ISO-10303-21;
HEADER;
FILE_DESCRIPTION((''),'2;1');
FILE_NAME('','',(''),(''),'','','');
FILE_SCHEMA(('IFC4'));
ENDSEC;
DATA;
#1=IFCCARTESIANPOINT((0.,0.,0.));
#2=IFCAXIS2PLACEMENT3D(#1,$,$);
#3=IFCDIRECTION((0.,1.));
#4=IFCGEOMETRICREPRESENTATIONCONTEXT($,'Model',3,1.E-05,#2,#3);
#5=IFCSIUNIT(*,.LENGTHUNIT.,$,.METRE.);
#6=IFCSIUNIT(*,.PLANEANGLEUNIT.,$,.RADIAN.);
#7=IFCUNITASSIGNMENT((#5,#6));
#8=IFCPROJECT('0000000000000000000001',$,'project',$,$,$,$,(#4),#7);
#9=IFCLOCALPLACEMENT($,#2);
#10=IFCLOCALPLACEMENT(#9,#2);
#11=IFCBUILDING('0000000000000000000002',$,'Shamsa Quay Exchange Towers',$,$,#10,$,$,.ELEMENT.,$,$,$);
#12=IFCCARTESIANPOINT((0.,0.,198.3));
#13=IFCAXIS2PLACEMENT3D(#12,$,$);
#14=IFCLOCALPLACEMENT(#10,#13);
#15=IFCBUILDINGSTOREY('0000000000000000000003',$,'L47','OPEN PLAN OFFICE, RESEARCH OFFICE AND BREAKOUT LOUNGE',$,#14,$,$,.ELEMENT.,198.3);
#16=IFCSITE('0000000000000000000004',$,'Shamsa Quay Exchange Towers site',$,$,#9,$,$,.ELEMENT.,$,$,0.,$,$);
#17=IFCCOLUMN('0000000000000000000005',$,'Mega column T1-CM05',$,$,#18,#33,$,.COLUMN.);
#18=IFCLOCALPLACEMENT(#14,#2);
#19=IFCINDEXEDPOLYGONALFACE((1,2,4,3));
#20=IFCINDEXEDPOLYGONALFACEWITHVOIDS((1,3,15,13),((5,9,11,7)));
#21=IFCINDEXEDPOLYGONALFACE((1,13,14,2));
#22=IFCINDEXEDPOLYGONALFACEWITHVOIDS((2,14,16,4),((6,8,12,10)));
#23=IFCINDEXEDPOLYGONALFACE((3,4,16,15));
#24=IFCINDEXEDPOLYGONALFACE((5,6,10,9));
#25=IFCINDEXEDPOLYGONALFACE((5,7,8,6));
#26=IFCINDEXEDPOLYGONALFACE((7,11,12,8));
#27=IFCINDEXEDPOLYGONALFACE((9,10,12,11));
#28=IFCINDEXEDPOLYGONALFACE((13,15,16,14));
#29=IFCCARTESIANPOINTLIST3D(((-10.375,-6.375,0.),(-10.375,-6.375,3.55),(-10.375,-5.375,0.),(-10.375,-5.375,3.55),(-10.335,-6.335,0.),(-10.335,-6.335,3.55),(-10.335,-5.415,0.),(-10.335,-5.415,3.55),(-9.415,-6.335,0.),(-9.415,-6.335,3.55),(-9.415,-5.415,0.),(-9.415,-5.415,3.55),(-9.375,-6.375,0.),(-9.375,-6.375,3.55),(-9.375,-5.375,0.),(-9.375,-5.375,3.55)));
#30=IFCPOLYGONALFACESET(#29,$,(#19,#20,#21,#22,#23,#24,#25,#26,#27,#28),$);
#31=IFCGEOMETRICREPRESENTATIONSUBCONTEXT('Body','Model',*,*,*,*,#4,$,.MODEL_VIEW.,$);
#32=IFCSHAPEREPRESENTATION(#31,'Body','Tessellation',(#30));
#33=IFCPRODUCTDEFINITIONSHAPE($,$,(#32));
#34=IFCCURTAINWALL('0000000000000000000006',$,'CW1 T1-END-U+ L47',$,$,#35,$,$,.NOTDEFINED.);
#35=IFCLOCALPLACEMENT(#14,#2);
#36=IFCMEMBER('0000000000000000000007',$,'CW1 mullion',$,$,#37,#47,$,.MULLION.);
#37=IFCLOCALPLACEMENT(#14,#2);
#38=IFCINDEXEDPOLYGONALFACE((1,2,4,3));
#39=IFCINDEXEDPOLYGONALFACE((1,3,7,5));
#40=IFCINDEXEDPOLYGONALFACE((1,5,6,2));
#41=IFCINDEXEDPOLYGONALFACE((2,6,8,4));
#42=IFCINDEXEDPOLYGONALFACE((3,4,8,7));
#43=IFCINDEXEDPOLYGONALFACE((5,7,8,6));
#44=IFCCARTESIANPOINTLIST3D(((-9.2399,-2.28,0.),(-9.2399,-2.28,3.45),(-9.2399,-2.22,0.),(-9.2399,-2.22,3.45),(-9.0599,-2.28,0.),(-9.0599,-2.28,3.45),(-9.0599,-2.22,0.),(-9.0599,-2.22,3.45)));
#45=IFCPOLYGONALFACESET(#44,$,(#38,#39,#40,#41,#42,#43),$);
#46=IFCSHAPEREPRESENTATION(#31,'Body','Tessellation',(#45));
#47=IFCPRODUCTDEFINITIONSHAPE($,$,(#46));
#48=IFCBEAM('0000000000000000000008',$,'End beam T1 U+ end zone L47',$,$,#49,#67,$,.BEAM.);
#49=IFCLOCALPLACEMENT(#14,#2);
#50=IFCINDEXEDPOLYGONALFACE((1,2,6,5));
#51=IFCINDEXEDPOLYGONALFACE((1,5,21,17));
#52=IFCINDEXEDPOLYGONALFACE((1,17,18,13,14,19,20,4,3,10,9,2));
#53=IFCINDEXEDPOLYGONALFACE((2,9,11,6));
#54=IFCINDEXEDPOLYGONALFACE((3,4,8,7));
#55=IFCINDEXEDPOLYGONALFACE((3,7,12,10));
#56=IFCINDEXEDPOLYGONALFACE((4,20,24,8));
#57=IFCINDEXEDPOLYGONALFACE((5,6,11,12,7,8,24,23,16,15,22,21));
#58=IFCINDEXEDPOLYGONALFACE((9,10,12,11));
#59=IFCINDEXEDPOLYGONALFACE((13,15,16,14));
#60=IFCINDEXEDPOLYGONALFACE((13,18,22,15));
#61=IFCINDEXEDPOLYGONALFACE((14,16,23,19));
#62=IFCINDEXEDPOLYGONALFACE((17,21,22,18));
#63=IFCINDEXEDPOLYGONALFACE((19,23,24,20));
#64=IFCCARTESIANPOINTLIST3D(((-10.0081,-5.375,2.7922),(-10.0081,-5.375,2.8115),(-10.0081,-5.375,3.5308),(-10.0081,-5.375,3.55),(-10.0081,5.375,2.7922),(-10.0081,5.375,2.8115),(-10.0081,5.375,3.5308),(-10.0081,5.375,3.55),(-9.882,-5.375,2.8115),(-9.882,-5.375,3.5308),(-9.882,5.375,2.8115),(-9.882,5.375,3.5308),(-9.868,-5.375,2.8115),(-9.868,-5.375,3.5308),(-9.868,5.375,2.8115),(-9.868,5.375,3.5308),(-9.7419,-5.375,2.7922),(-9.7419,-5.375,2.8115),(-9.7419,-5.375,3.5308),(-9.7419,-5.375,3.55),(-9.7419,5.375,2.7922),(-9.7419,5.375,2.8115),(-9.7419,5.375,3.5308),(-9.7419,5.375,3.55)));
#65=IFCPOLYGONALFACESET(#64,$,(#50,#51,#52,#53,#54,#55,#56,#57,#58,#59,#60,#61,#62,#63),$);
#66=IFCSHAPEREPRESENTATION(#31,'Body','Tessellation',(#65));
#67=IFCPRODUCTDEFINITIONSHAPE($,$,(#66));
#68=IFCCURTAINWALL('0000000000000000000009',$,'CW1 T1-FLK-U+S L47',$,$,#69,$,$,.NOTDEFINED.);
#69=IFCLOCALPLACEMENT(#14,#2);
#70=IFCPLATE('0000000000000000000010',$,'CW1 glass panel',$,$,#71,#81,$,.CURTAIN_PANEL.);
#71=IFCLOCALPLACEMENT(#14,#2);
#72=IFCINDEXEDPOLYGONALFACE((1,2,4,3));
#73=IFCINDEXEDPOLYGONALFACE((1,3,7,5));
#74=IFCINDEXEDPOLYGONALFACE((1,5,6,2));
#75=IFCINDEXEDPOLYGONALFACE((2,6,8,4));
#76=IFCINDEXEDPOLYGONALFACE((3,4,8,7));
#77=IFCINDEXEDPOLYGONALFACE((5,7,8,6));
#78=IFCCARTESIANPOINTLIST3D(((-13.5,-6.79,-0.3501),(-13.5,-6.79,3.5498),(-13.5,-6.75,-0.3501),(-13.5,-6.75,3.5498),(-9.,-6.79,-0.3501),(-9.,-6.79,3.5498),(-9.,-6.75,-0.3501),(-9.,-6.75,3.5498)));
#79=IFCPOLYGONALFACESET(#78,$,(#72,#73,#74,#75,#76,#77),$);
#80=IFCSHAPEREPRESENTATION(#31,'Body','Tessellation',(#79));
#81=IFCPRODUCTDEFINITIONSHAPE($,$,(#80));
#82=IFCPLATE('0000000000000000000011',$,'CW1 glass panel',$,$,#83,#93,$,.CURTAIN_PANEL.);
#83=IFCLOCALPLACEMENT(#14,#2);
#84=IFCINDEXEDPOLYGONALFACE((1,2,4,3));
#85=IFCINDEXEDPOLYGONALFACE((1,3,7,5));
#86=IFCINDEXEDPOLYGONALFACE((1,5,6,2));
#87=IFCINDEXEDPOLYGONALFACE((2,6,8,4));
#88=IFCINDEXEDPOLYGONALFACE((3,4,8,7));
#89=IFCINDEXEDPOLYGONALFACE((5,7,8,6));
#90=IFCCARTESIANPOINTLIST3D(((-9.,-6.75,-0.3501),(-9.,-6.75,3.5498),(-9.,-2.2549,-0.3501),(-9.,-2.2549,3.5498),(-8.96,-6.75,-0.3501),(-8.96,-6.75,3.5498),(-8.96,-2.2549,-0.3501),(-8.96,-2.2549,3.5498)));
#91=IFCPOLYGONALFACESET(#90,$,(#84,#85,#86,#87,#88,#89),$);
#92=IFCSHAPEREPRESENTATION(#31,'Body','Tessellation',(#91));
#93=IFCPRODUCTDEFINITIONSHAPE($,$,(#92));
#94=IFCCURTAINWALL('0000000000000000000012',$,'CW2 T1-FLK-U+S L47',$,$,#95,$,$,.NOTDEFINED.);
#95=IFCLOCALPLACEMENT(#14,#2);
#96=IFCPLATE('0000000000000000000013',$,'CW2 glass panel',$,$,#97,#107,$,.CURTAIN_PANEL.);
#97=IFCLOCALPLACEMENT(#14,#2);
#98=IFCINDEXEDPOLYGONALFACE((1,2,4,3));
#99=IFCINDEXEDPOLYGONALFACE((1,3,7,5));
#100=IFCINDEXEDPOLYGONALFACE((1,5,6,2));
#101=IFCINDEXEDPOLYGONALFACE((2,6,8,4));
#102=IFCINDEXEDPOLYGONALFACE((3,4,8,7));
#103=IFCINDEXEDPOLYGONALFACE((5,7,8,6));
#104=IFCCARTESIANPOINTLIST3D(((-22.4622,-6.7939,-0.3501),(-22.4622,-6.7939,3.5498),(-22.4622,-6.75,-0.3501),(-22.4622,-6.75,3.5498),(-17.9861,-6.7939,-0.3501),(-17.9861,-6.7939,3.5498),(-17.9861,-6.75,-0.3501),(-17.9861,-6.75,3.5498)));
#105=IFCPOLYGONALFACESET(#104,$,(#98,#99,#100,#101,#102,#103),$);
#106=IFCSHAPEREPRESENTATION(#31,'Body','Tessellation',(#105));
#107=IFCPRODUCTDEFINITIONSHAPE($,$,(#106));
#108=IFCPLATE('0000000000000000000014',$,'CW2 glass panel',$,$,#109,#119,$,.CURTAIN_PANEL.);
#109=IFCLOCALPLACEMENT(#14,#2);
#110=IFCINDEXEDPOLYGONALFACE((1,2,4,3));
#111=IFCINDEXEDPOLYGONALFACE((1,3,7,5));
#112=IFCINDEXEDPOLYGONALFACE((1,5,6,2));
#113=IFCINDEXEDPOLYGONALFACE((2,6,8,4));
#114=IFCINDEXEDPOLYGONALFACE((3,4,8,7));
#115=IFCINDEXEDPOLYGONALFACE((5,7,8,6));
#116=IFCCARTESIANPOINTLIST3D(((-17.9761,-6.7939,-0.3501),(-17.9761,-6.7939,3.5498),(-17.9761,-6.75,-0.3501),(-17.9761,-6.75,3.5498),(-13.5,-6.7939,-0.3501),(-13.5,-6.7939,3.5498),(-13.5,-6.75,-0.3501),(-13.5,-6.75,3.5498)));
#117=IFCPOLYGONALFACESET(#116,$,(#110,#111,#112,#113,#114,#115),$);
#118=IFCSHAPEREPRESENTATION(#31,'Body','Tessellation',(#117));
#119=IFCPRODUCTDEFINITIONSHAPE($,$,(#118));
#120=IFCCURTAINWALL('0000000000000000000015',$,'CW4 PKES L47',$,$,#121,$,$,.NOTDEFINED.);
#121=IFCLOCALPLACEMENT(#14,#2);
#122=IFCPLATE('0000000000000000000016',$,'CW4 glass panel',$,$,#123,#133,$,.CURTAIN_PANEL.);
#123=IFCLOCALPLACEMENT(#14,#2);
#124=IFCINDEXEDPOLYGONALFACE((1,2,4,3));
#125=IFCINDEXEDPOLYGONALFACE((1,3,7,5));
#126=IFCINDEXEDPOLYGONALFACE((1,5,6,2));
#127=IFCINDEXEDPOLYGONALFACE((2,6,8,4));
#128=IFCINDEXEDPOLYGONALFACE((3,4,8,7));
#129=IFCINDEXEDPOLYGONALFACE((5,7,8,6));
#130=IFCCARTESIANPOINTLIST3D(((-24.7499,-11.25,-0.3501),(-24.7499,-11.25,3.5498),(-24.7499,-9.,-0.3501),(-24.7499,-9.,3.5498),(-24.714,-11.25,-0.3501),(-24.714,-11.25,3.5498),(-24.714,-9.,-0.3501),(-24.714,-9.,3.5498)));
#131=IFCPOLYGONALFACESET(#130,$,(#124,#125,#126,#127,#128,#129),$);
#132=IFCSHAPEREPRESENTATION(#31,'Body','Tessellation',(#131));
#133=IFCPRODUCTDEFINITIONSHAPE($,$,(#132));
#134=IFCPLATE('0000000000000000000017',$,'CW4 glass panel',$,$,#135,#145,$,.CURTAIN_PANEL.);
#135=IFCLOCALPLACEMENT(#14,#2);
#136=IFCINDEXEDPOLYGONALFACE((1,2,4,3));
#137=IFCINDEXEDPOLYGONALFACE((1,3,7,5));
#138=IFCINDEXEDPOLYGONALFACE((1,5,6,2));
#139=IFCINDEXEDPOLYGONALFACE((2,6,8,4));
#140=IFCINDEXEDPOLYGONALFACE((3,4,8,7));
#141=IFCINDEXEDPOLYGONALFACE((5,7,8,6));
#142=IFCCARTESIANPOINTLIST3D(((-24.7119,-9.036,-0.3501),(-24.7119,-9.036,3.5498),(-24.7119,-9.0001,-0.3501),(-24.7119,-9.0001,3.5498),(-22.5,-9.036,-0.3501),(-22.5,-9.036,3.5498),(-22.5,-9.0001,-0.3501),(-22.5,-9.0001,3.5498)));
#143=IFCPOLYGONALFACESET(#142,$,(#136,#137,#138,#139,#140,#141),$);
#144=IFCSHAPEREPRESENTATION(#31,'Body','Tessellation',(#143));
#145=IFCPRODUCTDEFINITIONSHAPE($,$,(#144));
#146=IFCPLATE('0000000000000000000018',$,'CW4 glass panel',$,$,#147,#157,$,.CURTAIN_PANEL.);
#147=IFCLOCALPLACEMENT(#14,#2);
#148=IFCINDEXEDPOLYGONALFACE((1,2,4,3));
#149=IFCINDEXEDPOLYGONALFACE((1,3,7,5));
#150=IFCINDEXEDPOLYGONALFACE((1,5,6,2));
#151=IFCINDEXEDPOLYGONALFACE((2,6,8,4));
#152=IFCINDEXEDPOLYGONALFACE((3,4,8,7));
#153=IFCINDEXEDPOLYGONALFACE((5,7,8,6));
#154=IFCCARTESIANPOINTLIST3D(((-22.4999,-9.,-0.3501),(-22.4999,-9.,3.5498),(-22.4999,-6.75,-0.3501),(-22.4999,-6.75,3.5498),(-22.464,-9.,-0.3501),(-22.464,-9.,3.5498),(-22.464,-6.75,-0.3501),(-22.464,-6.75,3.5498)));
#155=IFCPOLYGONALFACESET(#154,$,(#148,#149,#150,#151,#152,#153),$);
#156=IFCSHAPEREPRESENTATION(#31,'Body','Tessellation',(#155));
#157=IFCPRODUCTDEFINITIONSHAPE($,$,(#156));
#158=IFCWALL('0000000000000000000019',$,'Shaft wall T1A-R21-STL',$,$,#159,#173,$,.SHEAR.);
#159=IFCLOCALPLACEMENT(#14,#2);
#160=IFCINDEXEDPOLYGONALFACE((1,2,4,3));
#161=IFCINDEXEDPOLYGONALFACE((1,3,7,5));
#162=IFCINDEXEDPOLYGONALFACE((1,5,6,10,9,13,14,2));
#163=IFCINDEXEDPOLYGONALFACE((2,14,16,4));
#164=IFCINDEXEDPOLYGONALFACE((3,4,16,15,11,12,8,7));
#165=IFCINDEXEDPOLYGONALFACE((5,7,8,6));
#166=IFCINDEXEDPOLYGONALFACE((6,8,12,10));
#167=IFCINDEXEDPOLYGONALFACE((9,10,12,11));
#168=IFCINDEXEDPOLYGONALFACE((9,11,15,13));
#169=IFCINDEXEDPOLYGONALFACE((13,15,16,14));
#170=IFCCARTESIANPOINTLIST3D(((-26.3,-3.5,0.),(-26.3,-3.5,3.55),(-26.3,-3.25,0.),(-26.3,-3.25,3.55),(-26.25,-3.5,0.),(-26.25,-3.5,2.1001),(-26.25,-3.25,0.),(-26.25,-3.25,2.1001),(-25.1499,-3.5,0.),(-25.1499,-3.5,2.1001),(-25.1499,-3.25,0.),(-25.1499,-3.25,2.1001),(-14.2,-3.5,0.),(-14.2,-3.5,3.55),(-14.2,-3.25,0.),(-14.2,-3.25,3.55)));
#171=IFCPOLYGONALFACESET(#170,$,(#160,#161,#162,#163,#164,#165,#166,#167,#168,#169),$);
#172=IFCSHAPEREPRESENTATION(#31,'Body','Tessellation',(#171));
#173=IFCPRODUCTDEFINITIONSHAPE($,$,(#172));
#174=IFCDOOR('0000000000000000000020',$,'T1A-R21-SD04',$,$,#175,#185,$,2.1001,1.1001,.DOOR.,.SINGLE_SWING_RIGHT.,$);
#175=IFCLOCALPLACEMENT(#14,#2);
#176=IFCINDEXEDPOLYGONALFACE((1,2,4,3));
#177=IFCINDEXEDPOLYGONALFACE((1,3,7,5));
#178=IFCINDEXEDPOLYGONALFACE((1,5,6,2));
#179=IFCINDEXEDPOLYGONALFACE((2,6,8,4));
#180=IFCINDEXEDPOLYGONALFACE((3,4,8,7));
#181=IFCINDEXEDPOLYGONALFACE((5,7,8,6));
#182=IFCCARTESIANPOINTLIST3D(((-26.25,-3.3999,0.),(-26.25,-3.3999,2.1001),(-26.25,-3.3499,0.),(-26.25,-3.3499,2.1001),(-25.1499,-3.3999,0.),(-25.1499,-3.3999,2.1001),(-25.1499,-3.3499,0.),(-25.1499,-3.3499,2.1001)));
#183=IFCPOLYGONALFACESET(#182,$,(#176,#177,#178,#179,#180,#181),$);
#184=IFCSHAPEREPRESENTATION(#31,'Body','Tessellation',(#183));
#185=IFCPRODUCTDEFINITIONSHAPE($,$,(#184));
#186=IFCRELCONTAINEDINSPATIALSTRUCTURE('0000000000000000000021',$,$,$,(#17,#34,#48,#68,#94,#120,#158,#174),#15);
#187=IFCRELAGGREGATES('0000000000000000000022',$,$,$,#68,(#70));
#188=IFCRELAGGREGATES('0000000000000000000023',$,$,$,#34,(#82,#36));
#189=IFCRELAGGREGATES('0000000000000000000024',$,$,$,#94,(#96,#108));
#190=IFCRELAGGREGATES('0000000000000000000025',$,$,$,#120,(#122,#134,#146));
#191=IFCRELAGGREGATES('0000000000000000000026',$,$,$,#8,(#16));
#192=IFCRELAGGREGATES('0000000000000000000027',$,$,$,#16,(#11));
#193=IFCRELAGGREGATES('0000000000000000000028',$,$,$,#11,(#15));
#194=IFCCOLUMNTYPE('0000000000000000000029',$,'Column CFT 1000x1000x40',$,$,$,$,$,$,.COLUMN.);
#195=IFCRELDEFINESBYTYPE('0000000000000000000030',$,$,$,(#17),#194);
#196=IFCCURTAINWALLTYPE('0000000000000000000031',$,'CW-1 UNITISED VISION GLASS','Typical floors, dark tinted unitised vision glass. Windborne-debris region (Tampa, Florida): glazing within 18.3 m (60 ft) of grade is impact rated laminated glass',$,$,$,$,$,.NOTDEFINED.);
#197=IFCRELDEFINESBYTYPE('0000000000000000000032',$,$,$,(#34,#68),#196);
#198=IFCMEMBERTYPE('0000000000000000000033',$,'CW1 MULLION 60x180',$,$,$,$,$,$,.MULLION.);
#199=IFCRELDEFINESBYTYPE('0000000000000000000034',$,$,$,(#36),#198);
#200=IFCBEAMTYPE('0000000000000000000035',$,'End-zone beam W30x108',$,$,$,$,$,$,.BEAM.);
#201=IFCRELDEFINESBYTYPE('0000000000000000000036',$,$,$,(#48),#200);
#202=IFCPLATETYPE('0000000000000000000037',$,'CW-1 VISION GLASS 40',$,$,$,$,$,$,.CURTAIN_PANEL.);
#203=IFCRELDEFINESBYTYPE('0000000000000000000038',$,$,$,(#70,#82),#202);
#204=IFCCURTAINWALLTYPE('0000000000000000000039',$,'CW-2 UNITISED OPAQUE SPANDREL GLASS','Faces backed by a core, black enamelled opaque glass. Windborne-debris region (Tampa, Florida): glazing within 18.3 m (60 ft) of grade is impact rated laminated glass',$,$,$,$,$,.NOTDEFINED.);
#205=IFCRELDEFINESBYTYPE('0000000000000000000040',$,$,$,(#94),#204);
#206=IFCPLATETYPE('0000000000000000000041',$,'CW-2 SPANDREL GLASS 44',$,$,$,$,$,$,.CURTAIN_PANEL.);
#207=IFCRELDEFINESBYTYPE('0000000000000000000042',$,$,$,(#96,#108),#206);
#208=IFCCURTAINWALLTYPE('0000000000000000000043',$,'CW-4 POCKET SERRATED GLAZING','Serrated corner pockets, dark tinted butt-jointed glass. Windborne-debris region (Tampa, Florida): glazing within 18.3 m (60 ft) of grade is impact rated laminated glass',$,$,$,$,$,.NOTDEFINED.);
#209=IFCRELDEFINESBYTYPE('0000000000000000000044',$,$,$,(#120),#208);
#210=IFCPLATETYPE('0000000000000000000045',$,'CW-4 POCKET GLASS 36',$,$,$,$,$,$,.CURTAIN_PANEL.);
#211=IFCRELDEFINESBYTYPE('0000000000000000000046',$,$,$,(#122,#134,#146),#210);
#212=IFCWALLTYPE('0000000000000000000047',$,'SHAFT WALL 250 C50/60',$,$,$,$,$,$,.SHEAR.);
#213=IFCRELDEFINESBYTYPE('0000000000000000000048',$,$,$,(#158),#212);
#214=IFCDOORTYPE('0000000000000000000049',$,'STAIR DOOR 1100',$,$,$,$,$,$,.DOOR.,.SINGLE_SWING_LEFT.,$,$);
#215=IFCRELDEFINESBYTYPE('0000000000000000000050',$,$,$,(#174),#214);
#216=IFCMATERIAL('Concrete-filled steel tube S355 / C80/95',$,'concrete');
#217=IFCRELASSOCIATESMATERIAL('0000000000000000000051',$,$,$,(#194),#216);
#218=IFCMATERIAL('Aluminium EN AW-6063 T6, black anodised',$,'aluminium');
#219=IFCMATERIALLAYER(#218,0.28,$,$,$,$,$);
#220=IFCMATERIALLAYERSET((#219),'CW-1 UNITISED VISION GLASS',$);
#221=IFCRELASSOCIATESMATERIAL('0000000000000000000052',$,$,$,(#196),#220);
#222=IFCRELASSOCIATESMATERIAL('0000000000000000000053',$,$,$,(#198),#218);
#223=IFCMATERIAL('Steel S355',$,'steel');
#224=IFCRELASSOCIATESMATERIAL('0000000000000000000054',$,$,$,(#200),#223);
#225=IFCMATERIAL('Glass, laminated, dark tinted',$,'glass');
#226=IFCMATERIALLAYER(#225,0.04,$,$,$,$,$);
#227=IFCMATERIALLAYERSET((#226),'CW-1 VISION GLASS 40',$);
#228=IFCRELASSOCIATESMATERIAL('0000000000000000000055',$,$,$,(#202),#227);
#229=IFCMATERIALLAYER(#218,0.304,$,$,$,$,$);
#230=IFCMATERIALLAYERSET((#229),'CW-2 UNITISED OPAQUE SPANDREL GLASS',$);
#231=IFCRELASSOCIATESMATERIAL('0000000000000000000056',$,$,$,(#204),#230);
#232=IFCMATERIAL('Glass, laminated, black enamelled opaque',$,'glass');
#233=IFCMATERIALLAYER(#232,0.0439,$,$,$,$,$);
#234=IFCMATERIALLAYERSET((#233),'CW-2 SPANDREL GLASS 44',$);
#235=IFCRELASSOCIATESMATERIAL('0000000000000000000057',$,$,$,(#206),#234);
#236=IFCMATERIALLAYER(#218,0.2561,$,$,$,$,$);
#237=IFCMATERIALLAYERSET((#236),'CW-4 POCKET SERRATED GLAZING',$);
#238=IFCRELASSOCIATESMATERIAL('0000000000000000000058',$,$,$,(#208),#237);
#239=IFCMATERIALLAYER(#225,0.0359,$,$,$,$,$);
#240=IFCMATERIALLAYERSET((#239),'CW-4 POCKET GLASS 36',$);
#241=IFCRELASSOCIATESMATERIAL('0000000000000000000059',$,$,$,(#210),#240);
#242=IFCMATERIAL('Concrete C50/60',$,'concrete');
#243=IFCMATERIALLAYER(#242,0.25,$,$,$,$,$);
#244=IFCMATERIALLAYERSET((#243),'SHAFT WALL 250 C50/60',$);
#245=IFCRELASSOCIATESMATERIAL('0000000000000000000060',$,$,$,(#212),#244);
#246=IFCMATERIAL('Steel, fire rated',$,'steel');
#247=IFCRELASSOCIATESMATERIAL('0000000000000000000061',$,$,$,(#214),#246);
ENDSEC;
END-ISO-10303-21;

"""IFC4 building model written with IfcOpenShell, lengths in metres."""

from ifc_helpers import new_model, si_unit, direction, frame, frame_2d, origin, origin_2d, place, context, subcontext, project, spatial, rectangle, hollow_rectangle, i_section, extrude, material, layer, layer_set, material_profile, profile_set, type_object, element, fill, aggregate, save


model = new_model("IFC4")

# Units and contexts
model_context = context("Model", 3, precision=1e-05, world=origin(), true_north=direction((0.0, 1.0)))
body_context = subcontext(model_context, "Body", "Model", "MODEL_VIEW")
ifc_project = project(units=[si_unit("LENGTHUNIT", "METRE"), si_unit("PLANEANGLEUNIT", "RADIAN")], contexts=[model_context])

# Site, building, storey
site_placement = place(None, origin())
site = spatial("IfcSite", under=ifc_project, at=site_placement, Name="Shamsa Quay Exchange Towers site", CompositionType="ELEMENT", RefElevation=0.0)
building_placement = place(site_placement, origin())
building = spatial("IfcBuilding", under=site, at=building_placement, Name="Shamsa Quay Exchange Towers", CompositionType="ELEMENT")
storey_placement = place(building_placement, frame((0.0, 0.0, 198.3)))
storey = spatial("IfcBuildingStorey", under=building, at=storey_placement, Name="L47", Description="OPEN PLAN OFFICE, RESEARCH OFFICE AND BREAKOUT LOUNGE", CompositionType="ELEMENT", Elevation=198.3)

# Column
ifc_material_1 = material(Name="Concrete-filled steel tube S355 / C80/95", Category="concrete")
ifc_material_profile_1 = material_profile(ifc_material_1, hollow_rectangle(XDim=1.0, YDim=1.0, WallThickness=0.04, at=origin_2d()), Name="CFT 1000x1000x40")
ifc_profile_set_1 = profile_set([ifc_material_profile_1], Name="Concrete-filled steel tube S355 / C80/95")
column_type = type_object("IfcColumnType", Name="Column CFT 1000x1000x40", PredefinedType="COLUMN", material=ifc_profile_set_1)
column_placement = place(storey_placement, frame((-9.875, -5.875, 0.0)))
element("IfcColumn", 1, at=column_placement, inside=storey, type_object=column_type, Name="Mega column T1-CM05", PredefinedType="COLUMN", context=body_context, shape_type="SweptSolid", body=[
    extrude(hollow_rectangle(XDim=1.0, YDim=1.0, WallThickness=0.04, at=origin_2d()), origin(), (0.0, 0.0, 1.0), 3.55),
])

# Curtain wall, member
ifc_material_2 = material(Name="Aluminium EN AW-6063 T6, black anodised", Category="aluminium")
ifc_layer_1 = layer(ifc_material_2, 0.28)
ifc_layer_set_1 = layer_set([ifc_layer_1], Name="CW-1 UNITISED VISION GLASS")
curtain_wall_type_1 = type_object("IfcCurtainWallType", Name="CW-1 UNITISED VISION GLASS", Description="Typical floors, dark tinted unitised vision glass. Windborne-debris region (Tampa, Florida): glazing within 18.3 m (60 ft) of grade is impact rated laminated glass", PredefinedType="NOTDEFINED", material=ifc_layer_set_1)
curtain_wall_1_placement = place(storey_placement, origin())
curtain_wall_1 = element("IfcCurtainWall", 2, at=curtain_wall_1_placement, inside=storey, type_object=curtain_wall_type_1, Name="CW1 T1-END-U+ L47", PredefinedType="NOTDEFINED")
ifc_material_profile_2 = material_profile(ifc_material_2, rectangle(XDim=0.1799, YDim=0.0601, at=origin_2d()), Name="MU60x180")
ifc_profile_set_2 = profile_set([ifc_material_profile_2], Name="Aluminium EN AW-6063 T6, black anodised")
member_type = type_object("IfcMemberType", Name="CW1 MULLION 60x180", PredefinedType="MULLION", material=ifc_profile_set_2)
member_placement = place(storey_placement, frame((-9.1499, -2.25, 0.0), z_axis=(0.0, 0.0, 1.0), x_axis=(-1.0, 0.0, 0.0)))
member = element("IfcMember", 3, at=member_placement, type_object=member_type, Name="CW1 mullion", PredefinedType="MULLION", context=body_context, shape_type="SweptSolid", body=[
    extrude(rectangle(XDim=0.1799, YDim=0.0601, at=origin_2d()), origin(), (0.0, 0.0, 1.0), 3.45),
])

# Beam
ifc_material_3 = material(Name="Steel S355", Category="steel")
ifc_material_profile_3 = material_profile(ifc_material_3, i_section(OverallWidth=0.2661, OverallDepth=0.7578, WebThickness=0.0139, FlangeThickness=0.0193, at=origin_2d()), Name="W30x108")
ifc_profile_set_3 = profile_set([ifc_material_profile_3], Name="Steel S355")
beam_type = type_object("IfcBeamType", Name="End-zone beam W30x108", PredefinedType="BEAM", material=ifc_profile_set_3)
beam_placement = place(storey_placement, frame((-9.875, -5.375, 3.1711), z_axis=(0.0, 1.0, 0.0), x_axis=(-1.0, 0.0, 0.0)))
element("IfcBeam", 4, at=beam_placement, inside=storey, type_object=beam_type, Name="End beam T1 U+ end zone L47", PredefinedType="BEAM", context=body_context, shape_type="SweptSolid", body=[
    extrude(i_section(OverallWidth=0.2661, OverallDepth=0.7578, WebThickness=0.0139, FlangeThickness=0.0193, at=origin_2d()), origin(), (0.0, 0.0, 1.0), 10.75),
])

# Curtain wall, plate
curtain_wall_2_placement = place(storey_placement, origin())
curtain_wall_2 = element("IfcCurtainWall", 5, at=curtain_wall_2_placement, inside=storey, type_object=curtain_wall_type_1, Name="CW1 T1-FLK-U+S L47", PredefinedType="NOTDEFINED")
ifc_material_4 = material(Name="Glass, laminated, dark tinted", Category="glass")
ifc_layer_2 = layer(ifc_material_4, 0.04)
ifc_layer_set_2 = layer_set([ifc_layer_2], Name="CW-1 VISION GLASS 40")
plate_type_1 = type_object("IfcPlateType", Name="CW-1 VISION GLASS 40", PredefinedType="CURTAIN_PANEL", material=ifc_layer_set_2)
plate_1_placement = place(storey_placement, frame((-11.25, -6.77, -0.3501)))
plate_1 = element("IfcPlate", 6, at=plate_1_placement, type_object=plate_type_1, Name="CW1 glass panel", PredefinedType="CURTAIN_PANEL", context=body_context, shape_type="SweptSolid", body=[
    extrude(rectangle(XDim=4.5, YDim=0.04, at=origin_2d()), origin(), (0.0, 0.0, 1.0), 3.8999),
])
aggregate(curtain_wall_2, [plate_1])

# Plate
plate_2_placement = place(storey_placement, frame((-8.98, -4.5024, -0.3501), z_axis=(0.0, 0.0, 1.0), x_axis=(0.0, 1.0, 0.0)))
plate_2 = element("IfcPlate", 7, at=plate_2_placement, type_object=plate_type_1, Name="CW1 glass panel", PredefinedType="CURTAIN_PANEL", context=body_context, shape_type="SweptSolid", body=[
    extrude(rectangle(XDim=4.4951, YDim=0.04, at=origin_2d()), origin(), (0.0, 0.0, 1.0), 3.8999),
])
aggregate(curtain_wall_1, [plate_2, member])

# Curtain walls, plates
ifc_layer_3 = layer(ifc_material_2, 0.304)
ifc_layer_set_3 = layer_set([ifc_layer_3], Name="CW-2 UNITISED OPAQUE SPANDREL GLASS")
curtain_wall_type_2 = type_object("IfcCurtainWallType", Name="CW-2 UNITISED OPAQUE SPANDREL GLASS", Description="Faces backed by a core, black enamelled opaque glass. Windborne-debris region (Tampa, Florida): glazing within 18.3 m (60 ft) of grade is impact rated laminated glass", PredefinedType="NOTDEFINED", material=ifc_layer_set_3)
curtain_wall_3_placement = place(storey_placement, origin())
curtain_wall_3 = element("IfcCurtainWall", 8, at=curtain_wall_3_placement, inside=storey, type_object=curtain_wall_type_2, Name="CW2 T1-FLK-U+S L47", PredefinedType="NOTDEFINED")
ifc_material_5 = material(Name="Glass, laminated, black enamelled opaque", Category="glass")
ifc_layer_4 = layer(ifc_material_5, 0.0439)
ifc_layer_set_4 = layer_set([ifc_layer_4], Name="CW-2 SPANDREL GLASS 44")
plate_type_2 = type_object("IfcPlateType", Name="CW-2 SPANDREL GLASS 44", PredefinedType="CURTAIN_PANEL", material=ifc_layer_set_4)
plate_3_placement = place(storey_placement, frame((-20.2241, -6.772, -0.3501)))
plate_3 = element("IfcPlate", 9, at=plate_3_placement, type_object=plate_type_2, Name="CW2 glass panel", PredefinedType="CURTAIN_PANEL", context=body_context, shape_type="SweptSolid", body=[
    extrude(rectangle(XDim=4.4761, YDim=0.0439, at=origin_2d()), origin(), (0.0, 0.0, 1.0), 3.8999),
])
plate_4_placement = place(storey_placement, frame((-15.738, -6.772, -0.3501)))
plate_4 = element("IfcPlate", 10, at=plate_4_placement, type_object=plate_type_2, Name="CW2 glass panel", PredefinedType="CURTAIN_PANEL", context=body_context, shape_type="SweptSolid", body=[
    extrude(rectangle(XDim=4.4761, YDim=0.0439, at=origin_2d()), origin(), (0.0, 0.0, 1.0), 3.8999),
])
aggregate(curtain_wall_3, [plate_3, plate_4])
ifc_layer_5 = layer(ifc_material_2, 0.2561)
ifc_layer_set_5 = layer_set([ifc_layer_5], Name="CW-4 POCKET SERRATED GLAZING")
curtain_wall_type_3 = type_object("IfcCurtainWallType", Name="CW-4 POCKET SERRATED GLAZING", Description="Serrated corner pockets, dark tinted butt-jointed glass. Windborne-debris region (Tampa, Florida): glazing within 18.3 m (60 ft) of grade is impact rated laminated glass", PredefinedType="NOTDEFINED", material=ifc_layer_set_5)
curtain_wall_4_placement = place(storey_placement, origin())
curtain_wall_4 = element("IfcCurtainWall", 11, at=curtain_wall_4_placement, inside=storey, type_object=curtain_wall_type_3, Name="CW4 PKES L47", PredefinedType="NOTDEFINED")
ifc_layer_6 = layer(ifc_material_4, 0.0359)
ifc_layer_set_6 = layer_set([ifc_layer_6], Name="CW-4 POCKET GLASS 36")
plate_type_3 = type_object("IfcPlateType", Name="CW-4 POCKET GLASS 36", PredefinedType="CURTAIN_PANEL", material=ifc_layer_set_6)
plate_5_placement = place(storey_placement, frame((-24.7319, -10.125, -0.3501), z_axis=(0.0, 0.0, 1.0), x_axis=(0.0, 1.0, 0.0)))
plate_5 = element("IfcPlate", 12, at=plate_5_placement, type_object=plate_type_3, Name="CW4 glass panel", PredefinedType="CURTAIN_PANEL", context=body_context, shape_type="SweptSolid", body=[
    extrude(rectangle(XDim=2.25, YDim=0.0359, at=origin_2d()), origin(), (0.0, 0.0, 1.0), 3.8999),
])
plate_6_placement = place(storey_placement, frame((-23.606, -9.0181, -0.3501)))
plate_6 = element("IfcPlate", 13, at=plate_6_placement, type_object=plate_type_3, Name="CW4 glass panel", PredefinedType="CURTAIN_PANEL", context=body_context, shape_type="SweptSolid", body=[
    extrude(rectangle(XDim=2.2119, YDim=0.0359, at=origin_2d()), origin(), (0.0, 0.0, 1.0), 3.8999),
])
plate_7_placement = place(storey_placement, frame((-22.4819, -7.875, -0.3501), z_axis=(0.0, 0.0, 1.0), x_axis=(0.0, 1.0, 0.0)))
plate_7 = element("IfcPlate", 14, at=plate_7_placement, type_object=plate_type_3, Name="CW4 glass panel", PredefinedType="CURTAIN_PANEL", context=body_context, shape_type="SweptSolid", body=[
    extrude(rectangle(XDim=2.25, YDim=0.0359, at=origin_2d()), origin(), (0.0, 0.0, 1.0), 3.8999),
])
aggregate(curtain_wall_4, [plate_5, plate_6, plate_7])

# Wall, opening, door
ifc_material_6 = material(Name="Concrete C50/60", Category="concrete")
ifc_layer_7 = layer(ifc_material_6, 0.25)
ifc_layer_set_7 = layer_set([ifc_layer_7], Name="SHAFT WALL 250 C50/60")
wall_type = type_object("IfcWallType", Name="SHAFT WALL 250 C50/60", PredefinedType="SHEAR", material=ifc_layer_set_7)
wall_1_placement = place(storey_placement, frame((-14.2, -3.375, 0.0), z_axis=(0.0, 0.0, 1.0), x_axis=(-1.0, 0.0, 0.0)))
wall_1 = element("IfcWall", 15, at=wall_1_placement, inside=storey, type_object=wall_type, Name="Shaft wall T1A-R21-STL", PredefinedType="SHEAR", context=body_context, shape_type="SweptSolid", body=[
    extrude(rectangle(XDim=12.1001, YDim=0.25, at=frame_2d((6.05, 0.0))), origin(), (0.0, 0.0, 1.0), 3.55),
])
opening_1_placement = place(wall_1_placement, frame((10.95, 0.0, 0.0)))
opening_1 = element("IfcOpeningElement", 16, at=opening_1_placement, cuts=wall_1, PredefinedType="OPENING", context=body_context, shape_type="SweptSolid", body=[
    extrude(rectangle(XDim=1.1001, YDim=2.1001, at=frame_2d((0.55, 1.05))), frame((0.0, 0.135, 0.0), z_axis=(0.0, -1.0, 0.0), x_axis=(1.0, 0.0, 0.0)), (0.0, 0.0, 1.0), 0.27),
])
ifc_material_7 = material(Name="Steel, fire rated", Category="steel")
door_type_1 = type_object("IfcDoorType", Name="STAIR DOOR 1100", OperationType="SINGLE_SWING_LEFT", PredefinedType="DOOR", material=ifc_material_7)
door_1_placement = place(opening_1_placement, origin())
door_1 = element("IfcDoor", 17, at=door_1_placement, inside=storey, type_object=door_type_1, Name="T1A-R21-SD04", OperationType="SINGLE_SWING_RIGHT", OverallHeight=2.1001, OverallWidth=1.1001, PredefinedType="DOOR", context=body_context, shape_type="SweptSolid", body=[
    extrude(rectangle(XDim=1.1001, YDim=2.1001, at=frame_2d((0.55, 1.05))), frame((0.0, 0.0249, 0.0), z_axis=(0.0, -1.0, 0.0), x_axis=(1.0, 0.0, 0.0)), (0.0, 0.0, 1.0), 0.05),
])
fill(opening_1, door_1)

save(model, "model.ifc")
